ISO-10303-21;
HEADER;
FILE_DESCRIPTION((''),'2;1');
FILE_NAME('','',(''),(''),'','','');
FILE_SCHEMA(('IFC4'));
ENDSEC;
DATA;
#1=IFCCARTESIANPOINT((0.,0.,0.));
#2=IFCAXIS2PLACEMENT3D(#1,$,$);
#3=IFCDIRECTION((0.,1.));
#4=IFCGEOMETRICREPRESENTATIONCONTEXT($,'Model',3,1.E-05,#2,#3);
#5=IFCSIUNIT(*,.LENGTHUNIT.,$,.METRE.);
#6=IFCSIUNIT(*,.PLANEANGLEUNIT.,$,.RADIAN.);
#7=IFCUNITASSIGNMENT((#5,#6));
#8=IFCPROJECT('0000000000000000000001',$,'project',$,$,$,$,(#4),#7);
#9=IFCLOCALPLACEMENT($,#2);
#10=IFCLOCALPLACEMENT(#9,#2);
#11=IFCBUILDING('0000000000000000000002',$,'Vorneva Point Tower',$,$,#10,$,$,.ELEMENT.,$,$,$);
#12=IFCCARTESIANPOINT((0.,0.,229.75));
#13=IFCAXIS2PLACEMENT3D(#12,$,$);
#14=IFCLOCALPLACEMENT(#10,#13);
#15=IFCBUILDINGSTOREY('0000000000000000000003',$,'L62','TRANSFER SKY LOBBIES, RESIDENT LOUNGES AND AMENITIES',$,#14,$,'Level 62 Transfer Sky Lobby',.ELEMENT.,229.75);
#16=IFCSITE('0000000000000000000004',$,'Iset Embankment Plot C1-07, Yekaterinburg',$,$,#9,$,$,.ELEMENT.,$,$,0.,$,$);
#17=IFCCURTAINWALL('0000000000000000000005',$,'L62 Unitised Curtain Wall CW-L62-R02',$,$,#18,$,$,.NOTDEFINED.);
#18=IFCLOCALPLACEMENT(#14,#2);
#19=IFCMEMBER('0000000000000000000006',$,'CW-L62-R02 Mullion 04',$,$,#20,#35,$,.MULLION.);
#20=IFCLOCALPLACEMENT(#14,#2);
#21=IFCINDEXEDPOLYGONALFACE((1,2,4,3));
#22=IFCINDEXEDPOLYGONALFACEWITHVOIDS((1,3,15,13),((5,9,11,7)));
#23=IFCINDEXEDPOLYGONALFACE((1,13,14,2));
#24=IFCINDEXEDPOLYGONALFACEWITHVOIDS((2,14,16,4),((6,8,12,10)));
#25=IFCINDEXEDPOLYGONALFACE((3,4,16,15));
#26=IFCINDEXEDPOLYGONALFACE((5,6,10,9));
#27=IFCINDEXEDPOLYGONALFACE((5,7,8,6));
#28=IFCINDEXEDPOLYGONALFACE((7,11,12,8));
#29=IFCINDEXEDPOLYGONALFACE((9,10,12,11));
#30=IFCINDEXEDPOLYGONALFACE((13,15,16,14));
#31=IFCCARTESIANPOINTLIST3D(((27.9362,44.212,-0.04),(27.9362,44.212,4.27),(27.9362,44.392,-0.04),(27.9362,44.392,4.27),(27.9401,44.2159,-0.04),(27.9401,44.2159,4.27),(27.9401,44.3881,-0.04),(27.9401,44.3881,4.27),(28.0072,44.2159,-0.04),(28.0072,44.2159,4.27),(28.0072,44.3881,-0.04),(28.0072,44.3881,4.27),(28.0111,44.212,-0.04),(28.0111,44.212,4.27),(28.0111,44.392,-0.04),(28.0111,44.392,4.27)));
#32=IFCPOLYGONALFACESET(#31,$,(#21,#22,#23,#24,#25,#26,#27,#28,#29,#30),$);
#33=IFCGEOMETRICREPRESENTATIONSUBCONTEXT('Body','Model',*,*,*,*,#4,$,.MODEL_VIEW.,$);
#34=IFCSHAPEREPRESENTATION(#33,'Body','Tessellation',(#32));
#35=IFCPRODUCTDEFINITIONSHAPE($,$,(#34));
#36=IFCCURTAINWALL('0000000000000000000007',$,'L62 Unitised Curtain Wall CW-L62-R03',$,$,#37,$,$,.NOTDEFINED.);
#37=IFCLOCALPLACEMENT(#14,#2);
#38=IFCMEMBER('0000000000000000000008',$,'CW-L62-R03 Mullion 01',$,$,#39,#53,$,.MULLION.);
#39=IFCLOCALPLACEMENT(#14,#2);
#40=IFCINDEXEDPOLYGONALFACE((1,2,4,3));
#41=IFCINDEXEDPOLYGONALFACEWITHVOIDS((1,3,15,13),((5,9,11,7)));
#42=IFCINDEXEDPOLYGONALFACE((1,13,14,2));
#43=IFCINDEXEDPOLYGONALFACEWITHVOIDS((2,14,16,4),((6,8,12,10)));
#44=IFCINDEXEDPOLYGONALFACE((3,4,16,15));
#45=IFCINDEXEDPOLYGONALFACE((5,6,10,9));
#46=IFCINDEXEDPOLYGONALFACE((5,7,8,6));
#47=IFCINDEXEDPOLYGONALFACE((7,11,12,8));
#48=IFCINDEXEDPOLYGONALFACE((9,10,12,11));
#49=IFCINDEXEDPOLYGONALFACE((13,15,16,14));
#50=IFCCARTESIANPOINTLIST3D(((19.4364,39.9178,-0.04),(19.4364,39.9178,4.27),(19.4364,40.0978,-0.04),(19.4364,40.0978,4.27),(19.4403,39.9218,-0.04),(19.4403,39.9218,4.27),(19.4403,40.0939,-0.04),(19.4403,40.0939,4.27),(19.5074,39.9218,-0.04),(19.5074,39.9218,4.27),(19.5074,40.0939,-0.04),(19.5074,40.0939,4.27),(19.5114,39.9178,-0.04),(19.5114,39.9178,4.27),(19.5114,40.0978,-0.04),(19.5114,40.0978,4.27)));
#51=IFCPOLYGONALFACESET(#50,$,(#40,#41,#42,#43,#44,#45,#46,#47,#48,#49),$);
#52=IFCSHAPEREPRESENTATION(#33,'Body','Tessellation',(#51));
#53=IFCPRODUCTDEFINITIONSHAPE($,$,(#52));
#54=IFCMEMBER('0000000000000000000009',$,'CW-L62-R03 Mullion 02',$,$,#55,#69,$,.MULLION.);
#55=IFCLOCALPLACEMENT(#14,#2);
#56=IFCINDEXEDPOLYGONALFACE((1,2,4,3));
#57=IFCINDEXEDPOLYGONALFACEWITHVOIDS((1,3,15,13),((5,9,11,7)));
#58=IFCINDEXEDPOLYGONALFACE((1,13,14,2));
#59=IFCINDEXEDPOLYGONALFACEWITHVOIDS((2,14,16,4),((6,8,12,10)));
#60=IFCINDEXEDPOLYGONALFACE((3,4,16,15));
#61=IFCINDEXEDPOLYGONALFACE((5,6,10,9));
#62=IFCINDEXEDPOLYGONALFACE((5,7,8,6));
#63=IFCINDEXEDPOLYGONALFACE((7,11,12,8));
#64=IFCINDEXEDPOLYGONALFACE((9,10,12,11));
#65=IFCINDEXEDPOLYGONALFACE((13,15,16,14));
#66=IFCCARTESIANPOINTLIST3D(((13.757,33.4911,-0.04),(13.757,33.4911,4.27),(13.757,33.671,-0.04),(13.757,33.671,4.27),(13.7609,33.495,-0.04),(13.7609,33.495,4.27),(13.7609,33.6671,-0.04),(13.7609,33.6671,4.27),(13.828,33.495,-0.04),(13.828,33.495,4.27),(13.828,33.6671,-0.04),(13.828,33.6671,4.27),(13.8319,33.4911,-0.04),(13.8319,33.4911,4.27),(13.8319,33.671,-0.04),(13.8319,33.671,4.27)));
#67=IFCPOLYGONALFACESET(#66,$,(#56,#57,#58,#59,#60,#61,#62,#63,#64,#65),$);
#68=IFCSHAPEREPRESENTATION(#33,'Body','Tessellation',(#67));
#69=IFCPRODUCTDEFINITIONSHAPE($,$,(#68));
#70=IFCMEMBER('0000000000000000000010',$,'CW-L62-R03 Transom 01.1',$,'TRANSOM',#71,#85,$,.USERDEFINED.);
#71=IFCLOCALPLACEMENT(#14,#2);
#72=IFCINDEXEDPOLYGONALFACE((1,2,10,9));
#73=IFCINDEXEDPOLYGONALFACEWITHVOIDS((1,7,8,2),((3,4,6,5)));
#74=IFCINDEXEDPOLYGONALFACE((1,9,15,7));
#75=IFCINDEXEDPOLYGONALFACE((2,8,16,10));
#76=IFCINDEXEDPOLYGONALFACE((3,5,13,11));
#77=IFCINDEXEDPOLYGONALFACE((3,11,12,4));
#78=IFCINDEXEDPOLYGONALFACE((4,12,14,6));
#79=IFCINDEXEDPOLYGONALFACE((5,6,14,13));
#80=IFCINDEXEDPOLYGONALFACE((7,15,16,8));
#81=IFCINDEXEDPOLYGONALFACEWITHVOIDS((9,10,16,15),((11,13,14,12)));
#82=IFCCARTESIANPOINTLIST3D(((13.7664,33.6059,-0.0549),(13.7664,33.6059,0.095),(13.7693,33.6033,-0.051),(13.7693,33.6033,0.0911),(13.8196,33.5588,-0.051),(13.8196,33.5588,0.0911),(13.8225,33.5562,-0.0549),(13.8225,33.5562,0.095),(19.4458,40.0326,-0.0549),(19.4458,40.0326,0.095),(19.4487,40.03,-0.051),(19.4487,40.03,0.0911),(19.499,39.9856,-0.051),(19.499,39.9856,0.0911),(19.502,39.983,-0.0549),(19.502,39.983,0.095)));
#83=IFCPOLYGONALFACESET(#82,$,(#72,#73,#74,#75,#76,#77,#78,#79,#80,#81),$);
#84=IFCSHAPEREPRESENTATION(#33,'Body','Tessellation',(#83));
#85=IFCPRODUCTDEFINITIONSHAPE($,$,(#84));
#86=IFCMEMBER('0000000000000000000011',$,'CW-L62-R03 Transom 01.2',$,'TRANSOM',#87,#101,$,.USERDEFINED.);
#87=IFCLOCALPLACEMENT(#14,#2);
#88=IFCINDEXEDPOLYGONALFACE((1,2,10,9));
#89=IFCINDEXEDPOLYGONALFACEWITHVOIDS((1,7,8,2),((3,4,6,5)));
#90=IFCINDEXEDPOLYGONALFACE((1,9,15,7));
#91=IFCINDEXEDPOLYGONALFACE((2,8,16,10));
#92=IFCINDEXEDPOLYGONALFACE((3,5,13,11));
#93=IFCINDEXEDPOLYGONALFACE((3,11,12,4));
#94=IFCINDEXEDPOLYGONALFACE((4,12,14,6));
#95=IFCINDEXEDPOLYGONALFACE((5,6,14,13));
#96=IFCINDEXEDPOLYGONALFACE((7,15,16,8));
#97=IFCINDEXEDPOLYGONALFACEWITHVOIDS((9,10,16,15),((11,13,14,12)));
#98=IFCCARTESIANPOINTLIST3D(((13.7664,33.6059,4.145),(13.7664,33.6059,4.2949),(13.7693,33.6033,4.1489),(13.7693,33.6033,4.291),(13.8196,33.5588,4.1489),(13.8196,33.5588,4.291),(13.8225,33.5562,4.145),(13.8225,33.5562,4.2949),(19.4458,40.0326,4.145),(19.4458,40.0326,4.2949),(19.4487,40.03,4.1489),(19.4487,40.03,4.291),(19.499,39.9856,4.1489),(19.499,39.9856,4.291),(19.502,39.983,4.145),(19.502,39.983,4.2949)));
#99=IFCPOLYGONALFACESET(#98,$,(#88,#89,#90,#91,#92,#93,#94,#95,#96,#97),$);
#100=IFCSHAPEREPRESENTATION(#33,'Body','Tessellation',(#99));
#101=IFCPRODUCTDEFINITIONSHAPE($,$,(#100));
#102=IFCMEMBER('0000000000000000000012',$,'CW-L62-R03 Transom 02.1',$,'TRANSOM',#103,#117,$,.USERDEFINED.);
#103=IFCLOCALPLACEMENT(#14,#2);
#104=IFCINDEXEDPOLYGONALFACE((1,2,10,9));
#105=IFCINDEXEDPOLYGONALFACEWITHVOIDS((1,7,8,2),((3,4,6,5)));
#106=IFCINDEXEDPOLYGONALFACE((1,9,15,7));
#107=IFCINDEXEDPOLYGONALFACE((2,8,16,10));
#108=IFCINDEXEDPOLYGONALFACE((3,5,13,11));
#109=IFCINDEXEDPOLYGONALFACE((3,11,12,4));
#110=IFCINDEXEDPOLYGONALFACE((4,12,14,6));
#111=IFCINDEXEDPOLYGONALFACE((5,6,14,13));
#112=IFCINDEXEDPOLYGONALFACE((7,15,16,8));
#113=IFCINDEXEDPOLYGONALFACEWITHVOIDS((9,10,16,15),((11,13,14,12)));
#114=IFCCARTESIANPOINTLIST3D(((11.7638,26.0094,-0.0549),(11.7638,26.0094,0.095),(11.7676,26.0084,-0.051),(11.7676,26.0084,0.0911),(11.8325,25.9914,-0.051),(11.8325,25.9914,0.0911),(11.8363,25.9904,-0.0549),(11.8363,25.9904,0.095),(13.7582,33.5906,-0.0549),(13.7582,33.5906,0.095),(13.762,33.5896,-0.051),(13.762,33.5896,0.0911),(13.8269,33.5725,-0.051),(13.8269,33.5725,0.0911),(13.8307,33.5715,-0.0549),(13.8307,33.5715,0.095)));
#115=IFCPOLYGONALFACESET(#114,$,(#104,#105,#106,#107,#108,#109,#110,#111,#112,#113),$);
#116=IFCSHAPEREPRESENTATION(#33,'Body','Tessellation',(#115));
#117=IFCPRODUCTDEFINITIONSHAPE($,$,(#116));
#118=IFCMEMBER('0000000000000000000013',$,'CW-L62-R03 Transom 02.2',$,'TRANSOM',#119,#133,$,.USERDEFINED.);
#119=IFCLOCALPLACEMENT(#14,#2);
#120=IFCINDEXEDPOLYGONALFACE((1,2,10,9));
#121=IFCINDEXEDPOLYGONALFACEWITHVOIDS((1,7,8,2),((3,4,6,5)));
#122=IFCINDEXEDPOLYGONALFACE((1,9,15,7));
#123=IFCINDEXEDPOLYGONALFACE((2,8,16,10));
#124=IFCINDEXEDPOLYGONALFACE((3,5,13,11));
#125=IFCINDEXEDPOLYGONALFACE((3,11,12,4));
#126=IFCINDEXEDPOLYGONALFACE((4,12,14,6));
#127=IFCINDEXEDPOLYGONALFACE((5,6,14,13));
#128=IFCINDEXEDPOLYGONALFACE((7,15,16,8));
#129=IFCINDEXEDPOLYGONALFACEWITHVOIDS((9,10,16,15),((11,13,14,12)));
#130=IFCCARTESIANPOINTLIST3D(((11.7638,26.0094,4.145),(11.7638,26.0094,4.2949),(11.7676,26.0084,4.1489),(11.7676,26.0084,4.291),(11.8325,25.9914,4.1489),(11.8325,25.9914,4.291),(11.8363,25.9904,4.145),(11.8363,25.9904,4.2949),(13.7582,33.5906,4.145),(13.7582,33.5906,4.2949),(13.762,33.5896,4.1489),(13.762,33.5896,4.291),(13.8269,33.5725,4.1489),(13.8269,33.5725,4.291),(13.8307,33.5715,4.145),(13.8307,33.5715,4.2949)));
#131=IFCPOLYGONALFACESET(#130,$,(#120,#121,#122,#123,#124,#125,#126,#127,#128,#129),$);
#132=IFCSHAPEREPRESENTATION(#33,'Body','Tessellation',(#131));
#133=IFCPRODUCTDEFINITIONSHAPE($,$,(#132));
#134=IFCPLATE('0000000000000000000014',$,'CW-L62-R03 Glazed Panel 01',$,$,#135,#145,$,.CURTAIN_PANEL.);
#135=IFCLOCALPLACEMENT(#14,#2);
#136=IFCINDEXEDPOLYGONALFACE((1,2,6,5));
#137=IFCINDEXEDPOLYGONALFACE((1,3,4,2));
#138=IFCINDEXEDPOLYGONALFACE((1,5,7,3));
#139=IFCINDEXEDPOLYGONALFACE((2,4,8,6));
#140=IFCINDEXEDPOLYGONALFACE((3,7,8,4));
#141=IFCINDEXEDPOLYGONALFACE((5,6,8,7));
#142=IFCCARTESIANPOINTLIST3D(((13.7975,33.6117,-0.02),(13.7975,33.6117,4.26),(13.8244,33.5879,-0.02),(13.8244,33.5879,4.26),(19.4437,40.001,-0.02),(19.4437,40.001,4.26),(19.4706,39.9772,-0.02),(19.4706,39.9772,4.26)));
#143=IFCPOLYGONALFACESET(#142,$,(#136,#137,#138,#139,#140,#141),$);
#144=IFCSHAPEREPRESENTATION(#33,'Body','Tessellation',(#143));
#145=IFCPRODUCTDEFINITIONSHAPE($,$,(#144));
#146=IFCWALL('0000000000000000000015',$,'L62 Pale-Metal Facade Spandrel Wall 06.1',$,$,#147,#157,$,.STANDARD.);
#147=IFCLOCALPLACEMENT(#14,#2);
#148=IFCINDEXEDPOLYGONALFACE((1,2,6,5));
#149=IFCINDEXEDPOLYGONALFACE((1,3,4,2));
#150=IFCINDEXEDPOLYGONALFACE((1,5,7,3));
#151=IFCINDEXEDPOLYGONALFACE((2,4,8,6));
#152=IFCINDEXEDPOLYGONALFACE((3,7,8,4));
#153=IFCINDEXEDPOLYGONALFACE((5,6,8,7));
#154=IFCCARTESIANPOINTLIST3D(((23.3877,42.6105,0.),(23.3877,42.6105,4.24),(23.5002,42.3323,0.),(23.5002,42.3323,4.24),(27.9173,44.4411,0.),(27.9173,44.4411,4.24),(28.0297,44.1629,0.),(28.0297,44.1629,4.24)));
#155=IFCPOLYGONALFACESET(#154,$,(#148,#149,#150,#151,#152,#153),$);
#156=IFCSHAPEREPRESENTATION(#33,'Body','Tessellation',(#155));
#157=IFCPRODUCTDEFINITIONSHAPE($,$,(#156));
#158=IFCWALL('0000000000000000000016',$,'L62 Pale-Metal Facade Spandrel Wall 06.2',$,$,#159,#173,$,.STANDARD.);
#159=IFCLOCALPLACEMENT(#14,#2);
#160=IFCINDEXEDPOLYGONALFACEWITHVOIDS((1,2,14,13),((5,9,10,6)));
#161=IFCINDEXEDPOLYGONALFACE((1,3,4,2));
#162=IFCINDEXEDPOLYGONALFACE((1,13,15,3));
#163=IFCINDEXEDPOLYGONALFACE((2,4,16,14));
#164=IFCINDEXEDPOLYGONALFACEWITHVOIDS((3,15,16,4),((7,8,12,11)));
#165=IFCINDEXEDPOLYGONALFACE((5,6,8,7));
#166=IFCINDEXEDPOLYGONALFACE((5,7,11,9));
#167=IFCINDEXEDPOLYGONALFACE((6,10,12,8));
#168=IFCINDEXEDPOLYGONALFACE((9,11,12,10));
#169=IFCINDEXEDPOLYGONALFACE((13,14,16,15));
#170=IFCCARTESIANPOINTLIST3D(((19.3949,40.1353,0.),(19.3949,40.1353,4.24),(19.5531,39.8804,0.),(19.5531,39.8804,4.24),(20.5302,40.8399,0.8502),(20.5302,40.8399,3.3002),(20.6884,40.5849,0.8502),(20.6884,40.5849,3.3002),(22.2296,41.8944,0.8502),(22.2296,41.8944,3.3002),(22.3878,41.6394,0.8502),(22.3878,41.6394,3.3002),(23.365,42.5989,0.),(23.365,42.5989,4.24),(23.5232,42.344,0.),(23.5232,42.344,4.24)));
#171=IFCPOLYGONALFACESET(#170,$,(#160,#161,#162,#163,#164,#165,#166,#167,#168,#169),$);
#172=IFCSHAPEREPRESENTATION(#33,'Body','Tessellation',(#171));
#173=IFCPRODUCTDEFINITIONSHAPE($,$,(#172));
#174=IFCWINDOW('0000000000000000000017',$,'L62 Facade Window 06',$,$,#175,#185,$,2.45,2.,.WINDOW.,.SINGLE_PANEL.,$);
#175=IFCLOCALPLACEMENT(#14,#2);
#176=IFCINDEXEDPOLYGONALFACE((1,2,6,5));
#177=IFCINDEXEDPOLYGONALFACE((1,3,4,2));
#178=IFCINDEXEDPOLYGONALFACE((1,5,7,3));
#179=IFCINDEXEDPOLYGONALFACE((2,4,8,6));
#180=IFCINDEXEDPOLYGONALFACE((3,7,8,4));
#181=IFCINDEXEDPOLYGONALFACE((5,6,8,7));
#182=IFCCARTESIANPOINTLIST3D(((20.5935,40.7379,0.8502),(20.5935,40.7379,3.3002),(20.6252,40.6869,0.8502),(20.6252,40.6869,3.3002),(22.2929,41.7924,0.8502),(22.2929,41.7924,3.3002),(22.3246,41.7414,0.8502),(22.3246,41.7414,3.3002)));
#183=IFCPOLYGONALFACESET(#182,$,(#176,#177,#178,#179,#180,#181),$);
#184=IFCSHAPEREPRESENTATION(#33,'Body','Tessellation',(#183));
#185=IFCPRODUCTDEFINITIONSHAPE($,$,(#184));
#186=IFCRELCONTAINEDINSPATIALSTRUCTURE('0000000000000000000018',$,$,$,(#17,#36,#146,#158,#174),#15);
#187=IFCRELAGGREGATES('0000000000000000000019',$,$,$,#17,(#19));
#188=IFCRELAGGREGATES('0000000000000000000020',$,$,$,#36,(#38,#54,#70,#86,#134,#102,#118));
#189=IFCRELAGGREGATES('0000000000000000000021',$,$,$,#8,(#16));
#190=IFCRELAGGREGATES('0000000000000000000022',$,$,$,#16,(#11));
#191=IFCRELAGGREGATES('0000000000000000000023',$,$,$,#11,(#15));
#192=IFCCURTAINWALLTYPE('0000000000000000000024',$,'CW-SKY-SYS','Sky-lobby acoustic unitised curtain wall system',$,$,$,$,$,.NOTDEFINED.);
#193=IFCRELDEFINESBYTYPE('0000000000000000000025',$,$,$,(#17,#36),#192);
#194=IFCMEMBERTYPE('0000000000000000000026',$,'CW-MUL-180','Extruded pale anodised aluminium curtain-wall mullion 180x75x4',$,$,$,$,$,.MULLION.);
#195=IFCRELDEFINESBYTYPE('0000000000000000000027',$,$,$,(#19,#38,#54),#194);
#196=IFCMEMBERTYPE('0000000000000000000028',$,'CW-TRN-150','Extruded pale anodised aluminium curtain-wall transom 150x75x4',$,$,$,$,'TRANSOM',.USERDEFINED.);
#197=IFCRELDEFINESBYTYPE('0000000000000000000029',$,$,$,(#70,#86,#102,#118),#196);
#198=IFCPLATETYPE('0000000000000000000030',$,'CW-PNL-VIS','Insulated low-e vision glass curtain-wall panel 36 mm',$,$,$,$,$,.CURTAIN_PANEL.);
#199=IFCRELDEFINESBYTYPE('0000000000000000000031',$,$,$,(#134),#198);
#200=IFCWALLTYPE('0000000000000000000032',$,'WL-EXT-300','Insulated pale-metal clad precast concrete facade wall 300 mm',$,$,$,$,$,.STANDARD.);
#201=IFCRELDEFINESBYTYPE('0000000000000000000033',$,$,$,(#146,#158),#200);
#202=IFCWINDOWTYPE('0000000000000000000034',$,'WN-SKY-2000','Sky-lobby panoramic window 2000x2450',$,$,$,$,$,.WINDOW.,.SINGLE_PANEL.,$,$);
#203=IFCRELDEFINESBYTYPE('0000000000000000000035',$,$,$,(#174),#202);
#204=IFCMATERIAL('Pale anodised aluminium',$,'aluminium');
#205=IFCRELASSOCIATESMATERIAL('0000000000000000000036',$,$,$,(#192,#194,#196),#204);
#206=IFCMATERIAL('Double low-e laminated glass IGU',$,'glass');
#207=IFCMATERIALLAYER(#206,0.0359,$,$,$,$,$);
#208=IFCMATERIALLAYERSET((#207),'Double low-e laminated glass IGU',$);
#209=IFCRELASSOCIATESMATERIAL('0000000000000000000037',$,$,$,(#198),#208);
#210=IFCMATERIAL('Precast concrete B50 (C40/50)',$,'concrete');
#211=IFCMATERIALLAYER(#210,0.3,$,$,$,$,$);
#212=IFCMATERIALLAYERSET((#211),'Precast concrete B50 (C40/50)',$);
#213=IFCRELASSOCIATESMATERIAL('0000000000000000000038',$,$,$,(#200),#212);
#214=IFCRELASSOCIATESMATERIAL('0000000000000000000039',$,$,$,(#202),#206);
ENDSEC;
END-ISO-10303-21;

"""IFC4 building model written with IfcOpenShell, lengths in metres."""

from ifc_helpers import new_model, si_unit, direction, frame, frame_2d, origin, origin_2d, place, context, subcontext, project, spatial, rectangle, hollow_rectangle, extrude, material, layer, layer_set, material_profile, profile_set, type_object, element, fill, aggregate, save


model = new_model("IFC4")

# Units and contexts
model_context = context("Model", 3, precision=1e-05, world=origin(), true_north=direction((0.0, 1.0)))
body_context = subcontext(model_context, "Body", "Model", "MODEL_VIEW")
ifc_project = project(units=[si_unit("LENGTHUNIT", "METRE"), si_unit("PLANEANGLEUNIT", "RADIAN")], contexts=[model_context])

# Site, building, storey
site_placement = place(None, origin())
site = spatial("IfcSite", under=ifc_project, at=site_placement, Name="Iset Embankment Plot C1-07, Yekaterinburg", CompositionType="ELEMENT", RefElevation=0.0)
building_placement = place(site_placement, origin())
building = spatial("IfcBuilding", under=site, at=building_placement, Name="Vorneva Point Tower", CompositionType="ELEMENT")
storey_placement = place(building_placement, frame((0.0, 0.0, 229.75)))
storey = spatial("IfcBuildingStorey", under=building, at=storey_placement, Name="L62", Description="TRANSFER SKY LOBBIES, RESIDENT LOUNGES AND AMENITIES", LongName="Level 62 Transfer Sky Lobby", CompositionType="ELEMENT", Elevation=229.75)

# Curtain wall, member
ifc_material_1 = material(Name="Pale anodised aluminium", Category="aluminium")
curtain_wall_type = type_object("IfcCurtainWallType", Name="CW-SKY-SYS", Description="Sky-lobby acoustic unitised curtain wall system", PredefinedType="NOTDEFINED", material=ifc_material_1)
curtain_wall_1_placement = place(storey_placement, origin())
curtain_wall_1 = element("IfcCurtainWall", 1, at=curtain_wall_1_placement, inside=storey, type_object=curtain_wall_type, Name="L62 Unitised Curtain Wall CW-L62-R02", PredefinedType="NOTDEFINED")
ifc_material_profile_1 = material_profile(ifc_material_1, hollow_rectangle(XDim=0.075, YDim=0.1799, WallThickness=0.0039, at=origin_2d()), Name="AL-MUL 180x75x4")
ifc_profile_set_1 = profile_set([ifc_material_profile_1], Name="Pale anodised aluminium")
member_type_1 = type_object("IfcMemberType", Name="CW-MUL-180", Description="Extruded pale anodised aluminium curtain-wall mullion 180x75x4", PredefinedType="MULLION", material=ifc_profile_set_1)
member_1_placement = place(storey_placement, frame((27.9736, 44.302, -0.04), z_axis=(0.0, 0.0, 1.0), x_axis=(1.0, 0.0, 0.0)))
member_1 = element("IfcMember", 2, at=member_1_placement, type_object=member_type_1, Name="CW-L62-R02 Mullion 04", PredefinedType="MULLION", context=body_context, shape_type="SweptSolid", body=[
    extrude(hollow_rectangle(XDim=0.075, YDim=0.1799, WallThickness=0.0039, at=origin_2d()), origin(), (0.0, 0.0, 1.0), 4.3101),
])
aggregate(curtain_wall_1, [member_1])

# Curtain wall, members, plate
curtain_wall_2_placement = place(storey_placement, origin())
curtain_wall_2 = element("IfcCurtainWall", 3, at=curtain_wall_2_placement, inside=storey, type_object=curtain_wall_type, Name="L62 Unitised Curtain Wall CW-L62-R03", PredefinedType="NOTDEFINED")
member_2_placement = place(storey_placement, frame((19.4739, 40.0078, -0.04), z_axis=(0.0, 0.0, 1.0), x_axis=(1.0, 0.0, 0.0)))
member_2 = element("IfcMember", 4, at=member_2_placement, type_object=member_type_1, Name="CW-L62-R03 Mullion 01", PredefinedType="MULLION", context=body_context, shape_type="SweptSolid", body=[
    extrude(hollow_rectangle(XDim=0.075, YDim=0.1799, WallThickness=0.0039, at=origin_2d()), origin(), (0.0, 0.0, 1.0), 4.3101),
])
member_3_placement = place(storey_placement, frame((13.7944, 33.5811, -0.04), z_axis=(0.0, 0.0, 1.0), x_axis=(1.0, 0.0, 0.0)))
member_3 = element("IfcMember", 5, at=member_3_placement, type_object=member_type_1, Name="CW-L62-R03 Mullion 02", PredefinedType="MULLION", context=body_context, shape_type="SweptSolid", body=[
    extrude(hollow_rectangle(XDim=0.075, YDim=0.1799, WallThickness=0.0039, at=origin_2d()), origin(), (0.0, 0.0, 1.0), 4.3101),
])
ifc_material_profile_2 = material_profile(ifc_material_1, hollow_rectangle(XDim=0.075, YDim=0.1499, WallThickness=0.0039, at=origin_2d()), Name="AL-TRN 150x75x4")
ifc_profile_set_2 = profile_set([ifc_material_profile_2], Name="Pale anodised aluminium")
member_type_2 = type_object("IfcMemberType", Name="CW-TRN-150", Description="Extruded pale anodised aluminium curtain-wall transom 150x75x4", ElementType="TRANSOM", PredefinedType="USERDEFINED", material=ifc_profile_set_2)
member_4_placement = place(storey_placement, frame((19.4739, 40.0078, 0.02), z_axis=(-0.662197, -0.74933, 0.0), x_axis=(0.74933, -0.662197, 0.0)))
member_4 = element("IfcMember", 6, at=member_4_placement, type_object=member_type_2, Name="CW-L62-R03 Transom 01.1", ObjectType="TRANSOM", PredefinedType="USERDEFINED", context=body_context, shape_type="SweptSolid", body=[
    extrude(hollow_rectangle(XDim=0.075, YDim=0.1499, WallThickness=0.0039, at=origin_2d()), origin(), (0.0, 0.0, 1.0), 8.5767),
])
member_5_placement = place(storey_placement, frame((19.4739, 40.0078, 4.22), z_axis=(-0.662197, -0.74933, 0.0), x_axis=(0.74933, -0.662197, 0.0)))
member_5 = element("IfcMember", 7, at=member_5_placement, type_object=member_type_2, Name="CW-L62-R03 Transom 01.2", ObjectType="TRANSOM", PredefinedType="USERDEFINED", context=body_context, shape_type="SweptSolid", body=[
    extrude(hollow_rectangle(XDim=0.075, YDim=0.1499, WallThickness=0.0039, at=origin_2d()), origin(), (0.0, 0.0, 1.0), 8.5767),
])
member_6_placement = place(storey_placement, frame((13.7944, 33.5811, 0.02), z_axis=(-0.254418, -0.967094, 0.0), x_axis=(0.967094, -0.254418, 0.0)))
member_6 = element("IfcMember", 8, at=member_6_placement, type_object=member_type_2, Name="CW-L62-R03 Transom 02.1", ObjectType="TRANSOM", PredefinedType="USERDEFINED", context=body_context, shape_type="SweptSolid", body=[
    extrude(hollow_rectangle(XDim=0.075, YDim=0.1499, WallThickness=0.0039, at=origin_2d()), origin(), (0.0, 0.0, 1.0), 7.8391),
])
member_7_placement = place(storey_placement, frame((13.7944, 33.5811, 4.22), z_axis=(-0.254418, -0.967094, 0.0), x_axis=(0.967094, -0.254418, 0.0)))
member_7 = element("IfcMember", 9, at=member_7_placement, type_object=member_type_2, Name="CW-L62-R03 Transom 02.2", ObjectType="TRANSOM", PredefinedType="USERDEFINED", context=body_context, shape_type="SweptSolid", body=[
    extrude(hollow_rectangle(XDim=0.075, YDim=0.1499, WallThickness=0.0039, at=origin_2d()), origin(), (0.0, 0.0, 1.0), 7.8391),
])
ifc_material_2 = material(Name="Double low-e laminated glass IGU", Category="glass")
ifc_layer_1 = layer(ifc_material_2, 0.0359)
ifc_layer_set_1 = layer_set([ifc_layer_1], Name="Double low-e laminated glass IGU")
plate_type = type_object("IfcPlateType", Name="CW-PNL-VIS", Description="Insulated low-e vision glass curtain-wall panel 36 mm", PredefinedType="CURTAIN_PANEL", material=ifc_layer_set_1)
plate_placement = place(storey_placement, frame((16.634, 36.7944, -0.02), z_axis=(0.0, 0.0, 1.0), x_axis=(-0.662189, -0.749337, 0.0)))
plate = element("IfcPlate", 10, at=plate_placement, type_object=plate_type, Name="CW-L62-R03 Glazed Panel 01", PredefinedType="CURTAIN_PANEL", context=body_context, shape_type="SweptSolid", body=[
    extrude(rectangle(XDim=8.5266, YDim=0.0359, at=origin_2d()), origin(), (0.0, 0.0, 1.0), 4.28),
])
aggregate(curtain_wall_2, [member_2, member_3, member_4, member_5, plate, member_6, member_7])

# Wall
ifc_material_3 = material(Name="Precast concrete B50 (C40/50)", Category="concrete")
ifc_layer_2 = layer(ifc_material_3, 0.3)
ifc_layer_set_2 = layer_set([ifc_layer_2], Name="Precast concrete B50 (C40/50)")
wall_type_1 = type_object("IfcWallType", Name="WL-EXT-300", Description="Insulated pale-metal clad precast concrete facade wall 300 mm", PredefinedType="STANDARD", material=ifc_layer_set_2)
wall_1_placement = place(storey_placement, frame((27.9736, 44.302, 0.0), z_axis=(0.0, 0.0, 1.0), x_axis=(-0.927147, -0.374697, 0.0)))
element("IfcWall", 11, at=wall_1_placement, inside=storey, type_object=wall_type_1, Name="L62 Pale-Metal Facade Spandrel Wall 06.1", PredefinedType="STANDARD", context=body_context, shape_type="SweptSolid", body=[
    extrude(rectangle(XDim=4.8855, YDim=0.3, at=frame_2d((2.4429, 0.0))), origin(), (0.0, 0.0, 1.0), 4.24),
])

# Wall, opening, window
wall_2_placement = place(storey_placement, frame((23.4441, 42.4714, 0.0), z_axis=(0.0, 0.0, 1.0), x_axis=(-0.849702, -0.527263, 0.0)))
wall_2 = element("IfcWall", 12, at=wall_2_placement, inside=storey, type_object=wall_type_1, Name="L62 Pale-Metal Facade Spandrel Wall 06.2", PredefinedType="STANDARD", context=body_context, shape_type="SweptSolid", body=[
    extrude(rectangle(XDim=4.6724, YDim=0.3, at=frame_2d((2.3362, 0.0))), origin(), (0.0, 0.0, 1.0), 4.24),
])
opening_1_placement = place(wall_2_placement, frame((1.3362, 0.0, 0.8501)))
opening_1 = element("IfcOpeningElement", 13, at=opening_1_placement, cuts=wall_2, PredefinedType="OPENING", context=body_context, shape_type="SweptSolid", body=[
    extrude(rectangle(XDim=2.0, YDim=2.45, at=frame_2d((1.0, 1.2251))), frame((0.0, 0.165, 0.0), z_axis=(0.0, -1.0, 0.0), x_axis=(1.0, 0.0, 0.0)), (0.0, 0.0, 1.0), 0.3298),
])
window_type = type_object("IfcWindowType", Name="WN-SKY-2000", Description="Sky-lobby panoramic window 2000x2450", PartitioningType="SINGLE_PANEL", PredefinedType="WINDOW", material=ifc_material_2)
window_placement = place(opening_1_placement, origin())
window = element("IfcWindow", 14, at=window_placement, inside=storey, type_object=window_type, Name="L62 Facade Window 06", OverallHeight=2.45, OverallWidth=2.0, PartitioningType="SINGLE_PANEL", PredefinedType="WINDOW", context=body_context, shape_type="SweptSolid", body=[
    extrude(rectangle(XDim=2.0, YDim=2.45, at=frame_2d((1.0, 1.2251))), frame((0.0, 0.03, 0.0), z_axis=(0.0, -1.0, 0.0), x_axis=(1.0, 0.0, 0.0)), (0.0, 0.0, 1.0), 0.0601),
])
fill(opening_1, window)

save(model, "model.ifc")
